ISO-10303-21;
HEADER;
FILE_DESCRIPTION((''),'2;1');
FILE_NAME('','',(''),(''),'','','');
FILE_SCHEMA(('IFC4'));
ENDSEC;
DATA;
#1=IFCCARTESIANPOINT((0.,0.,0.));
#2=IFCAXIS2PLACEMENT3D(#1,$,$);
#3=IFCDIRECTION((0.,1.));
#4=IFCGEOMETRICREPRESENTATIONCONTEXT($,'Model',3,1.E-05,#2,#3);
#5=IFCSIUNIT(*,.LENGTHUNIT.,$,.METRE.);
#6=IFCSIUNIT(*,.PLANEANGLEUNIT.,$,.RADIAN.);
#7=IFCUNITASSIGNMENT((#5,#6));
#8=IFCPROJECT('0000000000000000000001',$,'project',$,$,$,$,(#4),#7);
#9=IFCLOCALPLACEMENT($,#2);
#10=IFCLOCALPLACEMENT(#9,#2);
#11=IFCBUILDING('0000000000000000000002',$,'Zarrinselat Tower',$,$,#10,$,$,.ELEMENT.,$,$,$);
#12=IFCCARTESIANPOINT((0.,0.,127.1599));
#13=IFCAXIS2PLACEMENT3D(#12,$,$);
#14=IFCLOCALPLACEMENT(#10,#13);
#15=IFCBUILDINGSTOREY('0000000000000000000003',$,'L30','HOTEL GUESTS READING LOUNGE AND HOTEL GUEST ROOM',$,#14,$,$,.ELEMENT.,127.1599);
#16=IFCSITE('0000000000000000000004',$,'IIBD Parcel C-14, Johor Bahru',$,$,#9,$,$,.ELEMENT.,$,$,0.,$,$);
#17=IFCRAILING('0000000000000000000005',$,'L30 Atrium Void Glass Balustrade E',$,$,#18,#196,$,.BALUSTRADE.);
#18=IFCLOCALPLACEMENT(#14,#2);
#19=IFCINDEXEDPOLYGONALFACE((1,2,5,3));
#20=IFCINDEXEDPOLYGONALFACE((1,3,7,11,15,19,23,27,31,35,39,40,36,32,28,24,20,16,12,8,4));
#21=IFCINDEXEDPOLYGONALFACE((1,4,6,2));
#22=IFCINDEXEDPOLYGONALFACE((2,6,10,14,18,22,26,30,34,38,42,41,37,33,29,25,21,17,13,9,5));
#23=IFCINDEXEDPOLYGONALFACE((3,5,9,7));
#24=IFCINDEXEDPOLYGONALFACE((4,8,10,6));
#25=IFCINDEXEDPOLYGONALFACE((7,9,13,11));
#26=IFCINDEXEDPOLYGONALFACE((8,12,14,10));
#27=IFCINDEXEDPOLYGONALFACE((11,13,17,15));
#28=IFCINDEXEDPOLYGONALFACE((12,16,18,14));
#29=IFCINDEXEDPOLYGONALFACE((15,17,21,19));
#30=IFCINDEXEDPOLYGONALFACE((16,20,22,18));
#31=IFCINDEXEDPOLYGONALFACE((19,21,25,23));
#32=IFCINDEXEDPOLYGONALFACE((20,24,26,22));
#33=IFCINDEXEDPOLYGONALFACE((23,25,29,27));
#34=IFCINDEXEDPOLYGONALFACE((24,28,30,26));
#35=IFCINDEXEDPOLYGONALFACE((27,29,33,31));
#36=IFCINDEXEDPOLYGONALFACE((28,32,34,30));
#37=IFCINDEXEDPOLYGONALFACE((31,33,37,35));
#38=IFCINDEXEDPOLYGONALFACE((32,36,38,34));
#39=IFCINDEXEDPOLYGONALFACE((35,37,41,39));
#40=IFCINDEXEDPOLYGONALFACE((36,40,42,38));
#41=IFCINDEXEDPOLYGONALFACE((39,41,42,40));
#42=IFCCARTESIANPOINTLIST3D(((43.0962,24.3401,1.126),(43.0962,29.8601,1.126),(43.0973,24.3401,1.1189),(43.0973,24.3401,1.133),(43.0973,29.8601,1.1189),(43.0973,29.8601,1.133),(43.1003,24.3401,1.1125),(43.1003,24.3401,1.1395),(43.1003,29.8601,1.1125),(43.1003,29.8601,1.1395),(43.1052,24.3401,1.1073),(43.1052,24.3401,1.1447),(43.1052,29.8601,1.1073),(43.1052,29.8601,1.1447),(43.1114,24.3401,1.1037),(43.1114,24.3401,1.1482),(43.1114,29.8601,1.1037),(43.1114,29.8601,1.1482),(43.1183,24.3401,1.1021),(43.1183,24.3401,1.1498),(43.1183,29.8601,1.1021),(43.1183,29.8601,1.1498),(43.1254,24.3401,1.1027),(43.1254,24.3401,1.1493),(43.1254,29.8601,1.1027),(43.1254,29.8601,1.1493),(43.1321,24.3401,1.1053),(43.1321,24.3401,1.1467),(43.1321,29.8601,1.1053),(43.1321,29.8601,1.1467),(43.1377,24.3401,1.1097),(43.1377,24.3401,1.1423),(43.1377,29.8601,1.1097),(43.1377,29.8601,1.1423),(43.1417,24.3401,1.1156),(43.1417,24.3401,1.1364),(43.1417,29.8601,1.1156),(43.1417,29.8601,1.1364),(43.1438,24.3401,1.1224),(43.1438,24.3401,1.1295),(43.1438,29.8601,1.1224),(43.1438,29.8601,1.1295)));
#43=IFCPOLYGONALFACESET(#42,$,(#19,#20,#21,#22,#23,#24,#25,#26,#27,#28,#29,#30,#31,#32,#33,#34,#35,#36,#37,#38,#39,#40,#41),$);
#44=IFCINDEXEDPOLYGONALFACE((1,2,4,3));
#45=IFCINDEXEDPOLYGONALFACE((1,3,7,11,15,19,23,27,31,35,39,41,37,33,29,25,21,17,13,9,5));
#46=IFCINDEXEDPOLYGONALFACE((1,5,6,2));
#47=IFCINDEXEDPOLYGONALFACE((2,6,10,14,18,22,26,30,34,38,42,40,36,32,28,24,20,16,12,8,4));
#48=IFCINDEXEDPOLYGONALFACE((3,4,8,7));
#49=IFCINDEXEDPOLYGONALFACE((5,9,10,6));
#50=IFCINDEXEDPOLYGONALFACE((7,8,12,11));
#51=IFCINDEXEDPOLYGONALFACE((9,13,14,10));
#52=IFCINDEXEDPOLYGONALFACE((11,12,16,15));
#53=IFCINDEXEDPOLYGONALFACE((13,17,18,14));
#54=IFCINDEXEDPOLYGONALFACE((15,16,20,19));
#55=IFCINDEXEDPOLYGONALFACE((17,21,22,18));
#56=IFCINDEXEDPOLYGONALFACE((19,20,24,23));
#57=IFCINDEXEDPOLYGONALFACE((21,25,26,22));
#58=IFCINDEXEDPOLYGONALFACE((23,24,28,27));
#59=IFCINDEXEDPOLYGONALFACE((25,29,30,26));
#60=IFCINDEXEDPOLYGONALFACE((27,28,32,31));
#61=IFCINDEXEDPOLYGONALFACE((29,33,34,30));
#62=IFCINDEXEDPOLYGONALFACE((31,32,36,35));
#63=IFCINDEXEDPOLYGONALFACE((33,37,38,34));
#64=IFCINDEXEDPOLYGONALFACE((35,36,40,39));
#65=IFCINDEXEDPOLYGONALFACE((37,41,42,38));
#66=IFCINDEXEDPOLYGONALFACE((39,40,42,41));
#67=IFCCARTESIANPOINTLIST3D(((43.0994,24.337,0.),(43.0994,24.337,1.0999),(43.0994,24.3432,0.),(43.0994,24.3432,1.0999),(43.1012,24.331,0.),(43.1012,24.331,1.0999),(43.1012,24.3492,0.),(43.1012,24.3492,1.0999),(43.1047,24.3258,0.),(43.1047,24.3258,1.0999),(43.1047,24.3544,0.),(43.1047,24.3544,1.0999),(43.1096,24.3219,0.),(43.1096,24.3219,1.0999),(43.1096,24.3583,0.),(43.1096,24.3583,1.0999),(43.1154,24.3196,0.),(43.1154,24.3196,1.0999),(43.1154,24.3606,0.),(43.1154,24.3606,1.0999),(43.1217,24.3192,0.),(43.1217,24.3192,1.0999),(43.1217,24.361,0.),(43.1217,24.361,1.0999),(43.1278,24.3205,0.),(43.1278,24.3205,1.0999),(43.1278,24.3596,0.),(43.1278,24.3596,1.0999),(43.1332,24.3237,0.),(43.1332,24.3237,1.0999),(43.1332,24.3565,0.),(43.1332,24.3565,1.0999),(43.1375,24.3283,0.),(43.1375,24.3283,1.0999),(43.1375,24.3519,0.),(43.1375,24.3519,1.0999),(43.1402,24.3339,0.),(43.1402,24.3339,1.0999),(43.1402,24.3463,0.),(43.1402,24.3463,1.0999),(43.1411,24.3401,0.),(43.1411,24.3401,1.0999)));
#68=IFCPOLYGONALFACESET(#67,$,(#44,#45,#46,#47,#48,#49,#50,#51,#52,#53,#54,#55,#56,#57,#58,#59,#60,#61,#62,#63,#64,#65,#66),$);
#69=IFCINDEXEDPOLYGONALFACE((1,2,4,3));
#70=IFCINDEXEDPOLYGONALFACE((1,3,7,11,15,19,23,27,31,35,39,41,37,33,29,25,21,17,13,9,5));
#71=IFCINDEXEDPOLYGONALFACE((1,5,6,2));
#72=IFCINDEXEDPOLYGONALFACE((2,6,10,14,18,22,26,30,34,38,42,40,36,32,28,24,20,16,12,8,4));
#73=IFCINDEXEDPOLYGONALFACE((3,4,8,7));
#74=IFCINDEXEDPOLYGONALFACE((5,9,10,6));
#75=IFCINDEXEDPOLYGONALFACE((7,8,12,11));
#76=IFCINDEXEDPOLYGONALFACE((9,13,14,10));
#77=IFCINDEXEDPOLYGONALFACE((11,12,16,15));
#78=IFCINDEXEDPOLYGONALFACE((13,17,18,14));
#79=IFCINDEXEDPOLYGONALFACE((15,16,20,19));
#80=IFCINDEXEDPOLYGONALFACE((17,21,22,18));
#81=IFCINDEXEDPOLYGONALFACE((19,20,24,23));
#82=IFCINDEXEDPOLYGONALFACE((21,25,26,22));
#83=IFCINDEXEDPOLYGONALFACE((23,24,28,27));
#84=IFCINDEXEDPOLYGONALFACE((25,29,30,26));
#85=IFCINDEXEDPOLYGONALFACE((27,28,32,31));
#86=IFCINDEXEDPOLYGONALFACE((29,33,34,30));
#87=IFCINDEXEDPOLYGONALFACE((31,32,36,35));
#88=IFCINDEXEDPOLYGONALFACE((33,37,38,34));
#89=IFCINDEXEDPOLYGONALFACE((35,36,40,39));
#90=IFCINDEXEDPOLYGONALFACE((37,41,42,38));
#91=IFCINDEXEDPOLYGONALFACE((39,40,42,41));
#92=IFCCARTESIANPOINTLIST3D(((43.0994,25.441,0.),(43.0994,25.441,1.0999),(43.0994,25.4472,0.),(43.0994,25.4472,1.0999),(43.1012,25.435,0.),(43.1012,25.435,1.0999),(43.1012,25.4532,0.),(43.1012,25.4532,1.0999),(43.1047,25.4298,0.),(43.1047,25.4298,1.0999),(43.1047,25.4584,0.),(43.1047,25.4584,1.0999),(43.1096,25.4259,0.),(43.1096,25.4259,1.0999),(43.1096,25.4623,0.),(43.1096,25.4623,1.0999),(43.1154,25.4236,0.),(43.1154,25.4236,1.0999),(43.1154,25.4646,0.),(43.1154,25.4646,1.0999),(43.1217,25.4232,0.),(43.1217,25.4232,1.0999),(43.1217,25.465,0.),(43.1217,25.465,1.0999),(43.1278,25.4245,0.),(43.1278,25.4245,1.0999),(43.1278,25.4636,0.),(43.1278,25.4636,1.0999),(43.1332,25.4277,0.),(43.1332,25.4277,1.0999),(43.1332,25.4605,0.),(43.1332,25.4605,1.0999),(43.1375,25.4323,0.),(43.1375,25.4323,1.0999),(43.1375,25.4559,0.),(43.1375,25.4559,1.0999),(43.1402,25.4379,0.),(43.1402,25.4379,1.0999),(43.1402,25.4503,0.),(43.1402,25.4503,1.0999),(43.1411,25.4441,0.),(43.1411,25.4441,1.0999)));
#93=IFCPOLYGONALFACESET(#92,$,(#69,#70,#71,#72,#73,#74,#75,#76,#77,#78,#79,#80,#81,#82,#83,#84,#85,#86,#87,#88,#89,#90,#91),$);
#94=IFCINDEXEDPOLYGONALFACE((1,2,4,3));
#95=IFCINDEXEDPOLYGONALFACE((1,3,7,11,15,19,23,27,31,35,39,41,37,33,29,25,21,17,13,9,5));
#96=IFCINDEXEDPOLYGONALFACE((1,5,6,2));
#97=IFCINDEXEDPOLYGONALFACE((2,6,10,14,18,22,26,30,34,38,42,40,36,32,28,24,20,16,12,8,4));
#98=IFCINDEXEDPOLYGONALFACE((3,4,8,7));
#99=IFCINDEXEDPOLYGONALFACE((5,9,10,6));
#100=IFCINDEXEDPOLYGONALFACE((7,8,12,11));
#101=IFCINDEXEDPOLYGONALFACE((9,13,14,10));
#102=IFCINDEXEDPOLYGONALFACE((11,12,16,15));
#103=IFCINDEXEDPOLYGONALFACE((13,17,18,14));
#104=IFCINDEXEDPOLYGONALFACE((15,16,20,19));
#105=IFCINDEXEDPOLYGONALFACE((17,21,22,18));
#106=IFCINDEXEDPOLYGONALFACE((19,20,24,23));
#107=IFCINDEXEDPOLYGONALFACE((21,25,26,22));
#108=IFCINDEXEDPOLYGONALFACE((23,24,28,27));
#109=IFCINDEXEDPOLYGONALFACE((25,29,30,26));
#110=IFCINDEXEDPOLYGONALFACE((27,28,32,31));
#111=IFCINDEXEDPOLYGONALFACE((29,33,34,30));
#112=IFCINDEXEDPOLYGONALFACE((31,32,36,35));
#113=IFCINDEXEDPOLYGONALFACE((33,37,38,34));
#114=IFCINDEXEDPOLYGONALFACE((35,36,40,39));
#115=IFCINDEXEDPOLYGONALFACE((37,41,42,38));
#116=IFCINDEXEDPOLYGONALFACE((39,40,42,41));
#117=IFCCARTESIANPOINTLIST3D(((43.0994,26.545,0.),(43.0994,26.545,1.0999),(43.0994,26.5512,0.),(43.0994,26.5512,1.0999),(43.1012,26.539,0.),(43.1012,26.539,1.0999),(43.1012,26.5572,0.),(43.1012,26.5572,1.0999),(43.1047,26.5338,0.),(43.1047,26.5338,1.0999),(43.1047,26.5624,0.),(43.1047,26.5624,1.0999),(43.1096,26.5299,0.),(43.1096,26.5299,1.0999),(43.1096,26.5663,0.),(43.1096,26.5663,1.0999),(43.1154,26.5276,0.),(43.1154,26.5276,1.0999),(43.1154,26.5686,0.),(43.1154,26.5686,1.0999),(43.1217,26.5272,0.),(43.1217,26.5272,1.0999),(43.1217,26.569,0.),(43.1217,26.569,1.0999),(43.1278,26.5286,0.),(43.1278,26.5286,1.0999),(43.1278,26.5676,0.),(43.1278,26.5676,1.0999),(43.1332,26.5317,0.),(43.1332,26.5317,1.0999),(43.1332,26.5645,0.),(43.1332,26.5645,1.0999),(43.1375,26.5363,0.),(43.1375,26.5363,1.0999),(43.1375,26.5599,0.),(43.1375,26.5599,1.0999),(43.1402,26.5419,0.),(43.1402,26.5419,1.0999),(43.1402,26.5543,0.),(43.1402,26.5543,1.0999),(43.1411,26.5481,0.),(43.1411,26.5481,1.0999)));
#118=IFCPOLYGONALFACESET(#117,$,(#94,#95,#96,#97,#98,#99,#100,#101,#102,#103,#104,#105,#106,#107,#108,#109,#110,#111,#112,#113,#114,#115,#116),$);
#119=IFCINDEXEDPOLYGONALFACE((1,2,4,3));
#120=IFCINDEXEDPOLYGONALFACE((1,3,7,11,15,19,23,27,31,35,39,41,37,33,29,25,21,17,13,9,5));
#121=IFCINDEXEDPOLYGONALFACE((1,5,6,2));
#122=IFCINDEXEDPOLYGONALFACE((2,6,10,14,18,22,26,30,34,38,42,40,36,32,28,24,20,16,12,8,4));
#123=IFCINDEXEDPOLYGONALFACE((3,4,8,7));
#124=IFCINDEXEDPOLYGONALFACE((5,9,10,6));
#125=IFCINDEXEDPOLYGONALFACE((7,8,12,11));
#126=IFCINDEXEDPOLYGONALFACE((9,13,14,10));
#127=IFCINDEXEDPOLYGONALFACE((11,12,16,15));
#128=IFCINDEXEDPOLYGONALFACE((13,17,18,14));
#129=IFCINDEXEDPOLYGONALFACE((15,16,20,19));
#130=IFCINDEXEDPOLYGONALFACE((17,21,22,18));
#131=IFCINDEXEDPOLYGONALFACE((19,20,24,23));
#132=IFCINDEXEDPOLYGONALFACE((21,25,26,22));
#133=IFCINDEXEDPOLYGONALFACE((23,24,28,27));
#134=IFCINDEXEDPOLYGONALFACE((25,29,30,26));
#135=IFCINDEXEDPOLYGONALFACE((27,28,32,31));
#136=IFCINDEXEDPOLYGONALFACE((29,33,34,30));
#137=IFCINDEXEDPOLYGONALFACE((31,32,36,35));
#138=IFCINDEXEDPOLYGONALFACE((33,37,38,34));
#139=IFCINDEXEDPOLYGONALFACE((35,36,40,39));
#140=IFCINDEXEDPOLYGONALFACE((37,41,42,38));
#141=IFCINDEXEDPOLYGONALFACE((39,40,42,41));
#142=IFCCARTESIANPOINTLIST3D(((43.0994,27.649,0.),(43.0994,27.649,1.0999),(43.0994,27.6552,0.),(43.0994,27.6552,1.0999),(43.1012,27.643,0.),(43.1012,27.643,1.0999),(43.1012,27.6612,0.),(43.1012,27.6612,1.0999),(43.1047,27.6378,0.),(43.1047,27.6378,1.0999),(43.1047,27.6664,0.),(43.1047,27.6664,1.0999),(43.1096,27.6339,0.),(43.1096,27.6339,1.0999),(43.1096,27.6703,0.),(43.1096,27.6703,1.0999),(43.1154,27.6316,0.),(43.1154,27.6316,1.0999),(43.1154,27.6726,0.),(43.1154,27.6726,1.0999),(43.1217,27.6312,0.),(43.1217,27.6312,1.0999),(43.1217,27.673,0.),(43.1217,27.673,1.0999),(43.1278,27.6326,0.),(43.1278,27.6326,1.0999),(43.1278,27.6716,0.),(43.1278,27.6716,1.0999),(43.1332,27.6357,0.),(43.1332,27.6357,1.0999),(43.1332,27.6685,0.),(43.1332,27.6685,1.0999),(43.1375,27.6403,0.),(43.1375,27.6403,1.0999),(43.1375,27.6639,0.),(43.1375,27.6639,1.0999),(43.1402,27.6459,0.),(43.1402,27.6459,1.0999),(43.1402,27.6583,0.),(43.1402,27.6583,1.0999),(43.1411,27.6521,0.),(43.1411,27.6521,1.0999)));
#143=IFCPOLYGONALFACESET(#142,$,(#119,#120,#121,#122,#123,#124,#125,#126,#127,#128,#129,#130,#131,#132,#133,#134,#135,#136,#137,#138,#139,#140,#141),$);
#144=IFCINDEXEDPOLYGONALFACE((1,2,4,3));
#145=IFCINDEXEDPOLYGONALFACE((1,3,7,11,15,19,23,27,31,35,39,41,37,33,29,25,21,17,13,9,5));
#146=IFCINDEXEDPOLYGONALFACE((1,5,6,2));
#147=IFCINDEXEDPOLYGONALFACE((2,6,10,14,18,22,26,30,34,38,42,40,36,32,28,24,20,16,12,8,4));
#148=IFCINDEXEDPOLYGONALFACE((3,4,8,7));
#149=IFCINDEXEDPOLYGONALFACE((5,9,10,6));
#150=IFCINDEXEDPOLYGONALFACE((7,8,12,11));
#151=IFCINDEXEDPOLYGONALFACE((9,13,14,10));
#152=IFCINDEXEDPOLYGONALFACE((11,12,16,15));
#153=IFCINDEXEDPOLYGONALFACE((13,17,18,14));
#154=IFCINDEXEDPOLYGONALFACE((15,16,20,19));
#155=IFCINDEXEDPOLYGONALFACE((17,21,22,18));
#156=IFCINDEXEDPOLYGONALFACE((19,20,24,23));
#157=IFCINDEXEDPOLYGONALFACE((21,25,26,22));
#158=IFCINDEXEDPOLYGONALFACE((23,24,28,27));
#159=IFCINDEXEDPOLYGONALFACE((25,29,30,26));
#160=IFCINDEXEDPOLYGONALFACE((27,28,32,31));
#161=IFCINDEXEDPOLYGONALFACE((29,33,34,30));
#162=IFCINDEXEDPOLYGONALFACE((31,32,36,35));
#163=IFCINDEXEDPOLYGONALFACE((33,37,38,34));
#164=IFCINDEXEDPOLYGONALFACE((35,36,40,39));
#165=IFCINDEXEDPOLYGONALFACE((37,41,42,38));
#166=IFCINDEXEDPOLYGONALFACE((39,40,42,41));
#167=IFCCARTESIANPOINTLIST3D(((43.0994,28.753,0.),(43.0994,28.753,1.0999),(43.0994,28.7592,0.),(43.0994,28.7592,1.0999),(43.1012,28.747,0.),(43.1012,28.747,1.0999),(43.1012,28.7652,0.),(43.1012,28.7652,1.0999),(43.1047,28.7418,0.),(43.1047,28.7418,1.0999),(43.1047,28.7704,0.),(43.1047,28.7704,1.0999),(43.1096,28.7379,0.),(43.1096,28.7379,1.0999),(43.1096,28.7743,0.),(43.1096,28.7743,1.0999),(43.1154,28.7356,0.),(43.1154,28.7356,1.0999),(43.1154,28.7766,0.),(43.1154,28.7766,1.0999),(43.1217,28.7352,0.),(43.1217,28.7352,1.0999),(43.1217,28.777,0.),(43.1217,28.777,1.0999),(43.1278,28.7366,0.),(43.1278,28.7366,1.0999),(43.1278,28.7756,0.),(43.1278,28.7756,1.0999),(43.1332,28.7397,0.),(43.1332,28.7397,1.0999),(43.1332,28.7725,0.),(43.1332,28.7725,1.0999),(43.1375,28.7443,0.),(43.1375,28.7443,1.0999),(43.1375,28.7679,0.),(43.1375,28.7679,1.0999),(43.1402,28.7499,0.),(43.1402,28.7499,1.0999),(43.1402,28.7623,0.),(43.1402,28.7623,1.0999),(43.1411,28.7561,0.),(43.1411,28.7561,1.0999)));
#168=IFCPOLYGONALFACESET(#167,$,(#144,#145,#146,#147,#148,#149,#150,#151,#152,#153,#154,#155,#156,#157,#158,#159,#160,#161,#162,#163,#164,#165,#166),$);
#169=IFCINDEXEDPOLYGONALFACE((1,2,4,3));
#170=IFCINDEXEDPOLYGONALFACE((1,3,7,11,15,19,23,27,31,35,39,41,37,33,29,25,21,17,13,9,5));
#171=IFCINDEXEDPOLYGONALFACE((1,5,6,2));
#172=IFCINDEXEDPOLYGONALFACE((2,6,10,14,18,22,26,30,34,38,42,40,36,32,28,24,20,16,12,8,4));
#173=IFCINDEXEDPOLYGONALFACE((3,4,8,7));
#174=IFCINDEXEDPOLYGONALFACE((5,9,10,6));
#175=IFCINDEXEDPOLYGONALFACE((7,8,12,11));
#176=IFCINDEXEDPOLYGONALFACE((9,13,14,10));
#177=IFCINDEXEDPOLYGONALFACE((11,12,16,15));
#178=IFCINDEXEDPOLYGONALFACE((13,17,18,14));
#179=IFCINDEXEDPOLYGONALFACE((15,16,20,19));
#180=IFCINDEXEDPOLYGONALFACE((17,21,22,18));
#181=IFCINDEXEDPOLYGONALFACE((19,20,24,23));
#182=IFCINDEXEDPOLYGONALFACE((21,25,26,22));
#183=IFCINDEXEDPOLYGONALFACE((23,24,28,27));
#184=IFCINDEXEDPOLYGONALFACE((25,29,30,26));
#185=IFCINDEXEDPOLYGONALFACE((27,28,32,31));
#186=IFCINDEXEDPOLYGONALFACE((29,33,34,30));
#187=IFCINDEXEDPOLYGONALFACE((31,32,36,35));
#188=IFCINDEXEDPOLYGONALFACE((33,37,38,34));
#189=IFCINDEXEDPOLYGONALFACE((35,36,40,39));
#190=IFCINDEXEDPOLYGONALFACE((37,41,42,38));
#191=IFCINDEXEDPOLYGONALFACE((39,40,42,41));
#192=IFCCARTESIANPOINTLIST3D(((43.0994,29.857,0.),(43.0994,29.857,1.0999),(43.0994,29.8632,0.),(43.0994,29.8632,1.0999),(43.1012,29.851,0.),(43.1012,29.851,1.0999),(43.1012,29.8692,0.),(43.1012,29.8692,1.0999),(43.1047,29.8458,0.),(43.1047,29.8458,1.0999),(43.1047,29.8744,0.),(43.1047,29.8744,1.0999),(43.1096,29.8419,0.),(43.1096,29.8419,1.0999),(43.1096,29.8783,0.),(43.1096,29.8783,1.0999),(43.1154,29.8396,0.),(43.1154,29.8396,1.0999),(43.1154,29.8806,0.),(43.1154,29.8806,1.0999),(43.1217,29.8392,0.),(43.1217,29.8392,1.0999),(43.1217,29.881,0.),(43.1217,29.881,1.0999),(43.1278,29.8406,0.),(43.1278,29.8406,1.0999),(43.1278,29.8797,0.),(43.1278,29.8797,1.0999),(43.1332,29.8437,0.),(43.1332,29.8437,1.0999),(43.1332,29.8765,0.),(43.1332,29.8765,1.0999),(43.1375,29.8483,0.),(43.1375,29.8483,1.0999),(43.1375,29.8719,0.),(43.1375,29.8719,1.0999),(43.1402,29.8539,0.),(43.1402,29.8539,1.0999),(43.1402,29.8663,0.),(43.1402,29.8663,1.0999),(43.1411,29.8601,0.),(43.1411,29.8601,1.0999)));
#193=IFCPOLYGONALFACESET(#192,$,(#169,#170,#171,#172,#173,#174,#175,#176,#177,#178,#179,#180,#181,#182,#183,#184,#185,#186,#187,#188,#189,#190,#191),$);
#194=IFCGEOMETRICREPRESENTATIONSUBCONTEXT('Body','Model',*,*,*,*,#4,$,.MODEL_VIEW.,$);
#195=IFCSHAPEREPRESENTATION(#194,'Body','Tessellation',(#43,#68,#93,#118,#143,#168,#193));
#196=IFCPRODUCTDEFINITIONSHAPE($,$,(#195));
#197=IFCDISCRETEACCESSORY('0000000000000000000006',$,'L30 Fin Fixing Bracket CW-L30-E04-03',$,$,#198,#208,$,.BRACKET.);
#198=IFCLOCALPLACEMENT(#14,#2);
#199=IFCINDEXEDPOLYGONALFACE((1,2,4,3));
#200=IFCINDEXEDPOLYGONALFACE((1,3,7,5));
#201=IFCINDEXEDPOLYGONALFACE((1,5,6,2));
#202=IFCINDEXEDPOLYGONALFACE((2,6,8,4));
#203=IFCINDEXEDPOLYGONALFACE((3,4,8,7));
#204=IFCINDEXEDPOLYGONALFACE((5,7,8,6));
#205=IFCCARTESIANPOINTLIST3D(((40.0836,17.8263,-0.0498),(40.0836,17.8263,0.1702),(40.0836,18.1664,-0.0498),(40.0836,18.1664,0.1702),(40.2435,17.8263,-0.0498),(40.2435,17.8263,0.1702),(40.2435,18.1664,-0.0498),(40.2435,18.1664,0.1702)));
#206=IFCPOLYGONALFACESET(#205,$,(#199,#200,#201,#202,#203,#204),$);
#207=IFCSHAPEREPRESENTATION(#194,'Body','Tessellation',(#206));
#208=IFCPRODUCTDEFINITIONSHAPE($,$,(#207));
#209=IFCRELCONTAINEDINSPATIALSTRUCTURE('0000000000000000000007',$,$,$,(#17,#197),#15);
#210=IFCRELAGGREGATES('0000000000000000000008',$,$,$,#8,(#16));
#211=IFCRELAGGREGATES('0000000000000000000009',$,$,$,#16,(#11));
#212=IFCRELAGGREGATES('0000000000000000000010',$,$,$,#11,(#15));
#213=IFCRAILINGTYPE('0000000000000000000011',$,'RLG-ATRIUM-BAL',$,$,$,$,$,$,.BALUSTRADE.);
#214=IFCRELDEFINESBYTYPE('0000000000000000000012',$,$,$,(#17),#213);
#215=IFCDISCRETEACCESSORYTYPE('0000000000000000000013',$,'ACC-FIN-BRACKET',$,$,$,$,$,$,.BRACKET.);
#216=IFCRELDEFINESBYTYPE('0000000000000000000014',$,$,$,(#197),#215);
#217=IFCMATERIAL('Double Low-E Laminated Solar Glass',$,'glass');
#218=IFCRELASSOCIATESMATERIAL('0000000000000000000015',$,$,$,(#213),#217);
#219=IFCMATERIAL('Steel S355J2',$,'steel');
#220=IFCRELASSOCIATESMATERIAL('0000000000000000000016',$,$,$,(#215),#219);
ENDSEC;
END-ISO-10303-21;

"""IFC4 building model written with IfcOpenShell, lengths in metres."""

from ifc_helpers import new_model, si_unit, direction, frame, origin, origin_2d, place, context, subcontext, project, spatial, rectangle, circle, extrude, material, type_object, element, save


model = new_model("IFC4")

# Units and contexts
model_context = context("Model", 3, precision=1e-05, world=origin(), true_north=direction((0.0, 1.0)))
body_context = subcontext(model_context, "Body", "Model", "MODEL_VIEW")
ifc_project = project(units=[si_unit("LENGTHUNIT", "METRE"), si_unit("PLANEANGLEUNIT", "RADIAN")], contexts=[model_context])

# Site, building, storey
site_placement = place(None, origin())
site = spatial("IfcSite", under=ifc_project, at=site_placement, Name="IIBD Parcel C-14, Johor Bahru", CompositionType="ELEMENT", RefElevation=0.0)
building_placement = place(site_placement, origin())
building = spatial("IfcBuilding", under=site, at=building_placement, Name="Zarrinselat Tower", CompositionType="ELEMENT")
storey_placement = place(building_placement, frame((0.0, 0.0, 127.1599)))
storey = spatial("IfcBuildingStorey", under=building, at=storey_placement, Name="L30", Description="HOTEL GUESTS READING LOUNGE AND HOTEL GUEST ROOM", CompositionType="ELEMENT", Elevation=127.1599)

# Railing
ifc_material_1 = material(Name="Double Low-E Laminated Solar Glass", Category="glass")
railing_type = type_object("IfcRailingType", Name="RLG-ATRIUM-BAL", PredefinedType="BALUSTRADE", material=ifc_material_1)
railing_placement = place(storey_placement, frame((43.1201, 24.3401, 0.0)))
element("IfcRailing", 1, at=railing_placement, inside=storey, type_object=railing_type, Name="L30 Atrium Void Glass Balustrade E", PredefinedType="BALUSTRADE", context=body_context, shape_type="SweptSolid", body=[
    extrude(circle(Radius=0.0239, at=origin_2d()), frame((0.0, 0.0, 1.126), z_axis=(0.0, 1.0, 0.0), x_axis=(-1.0, 0.0, 0.0)), (0.0, 0.0, 1.0), 5.52),
    extrude(circle(Radius=0.021, at=origin_2d()), origin(), (0.0, 0.0, 1.0), 1.0999),
    extrude(circle(Radius=0.021, at=origin_2d()), frame((0.0, 1.104, 0.0)), (0.0, 0.0, 1.0), 1.0999),
    extrude(circle(Radius=0.021, at=origin_2d()), frame((0.0, 2.208, 0.0)), (0.0, 0.0, 1.0), 1.0999),
    extrude(circle(Radius=0.021, at=origin_2d()), frame((0.0, 3.312, 0.0)), (0.0, 0.0, 1.0), 1.0999),
    extrude(circle(Radius=0.021, at=origin_2d()), frame((0.0, 4.416, 0.0)), (0.0, 0.0, 1.0), 1.0999),
    extrude(circle(Radius=0.021, at=origin_2d()), frame((0.0, 5.52, 0.0)), (0.0, 0.0, 1.0), 1.0999),
])

# Discrete accessory
ifc_material_2 = material(Name="Steel S355J2", Category="steel")
discrete_accessory_type = type_object("IfcDiscreteAccessoryType", Name="ACC-FIN-BRACKET", PredefinedType="BRACKET", material=ifc_material_2)
discrete_accessory_placement = place(storey_placement, frame((40.1636, 17.9963, -0.0498), z_axis=(0.0, 0.0, 1.0), x_axis=(0.0, -1.0, 0.0)))
element("IfcDiscreteAccessory", 2, at=discrete_accessory_placement, inside=storey, type_object=discrete_accessory_type, Name="L30 Fin Fixing Bracket CW-L30-E04-03", PredefinedType="BRACKET", context=body_context, shape_type="SweptSolid", body=[
    extrude(rectangle(XDim=0.3401, YDim=0.1599, at=origin_2d()), origin(), (0.0, 0.0, 1.0), 0.22),
])

save(model, "model.ifc")
